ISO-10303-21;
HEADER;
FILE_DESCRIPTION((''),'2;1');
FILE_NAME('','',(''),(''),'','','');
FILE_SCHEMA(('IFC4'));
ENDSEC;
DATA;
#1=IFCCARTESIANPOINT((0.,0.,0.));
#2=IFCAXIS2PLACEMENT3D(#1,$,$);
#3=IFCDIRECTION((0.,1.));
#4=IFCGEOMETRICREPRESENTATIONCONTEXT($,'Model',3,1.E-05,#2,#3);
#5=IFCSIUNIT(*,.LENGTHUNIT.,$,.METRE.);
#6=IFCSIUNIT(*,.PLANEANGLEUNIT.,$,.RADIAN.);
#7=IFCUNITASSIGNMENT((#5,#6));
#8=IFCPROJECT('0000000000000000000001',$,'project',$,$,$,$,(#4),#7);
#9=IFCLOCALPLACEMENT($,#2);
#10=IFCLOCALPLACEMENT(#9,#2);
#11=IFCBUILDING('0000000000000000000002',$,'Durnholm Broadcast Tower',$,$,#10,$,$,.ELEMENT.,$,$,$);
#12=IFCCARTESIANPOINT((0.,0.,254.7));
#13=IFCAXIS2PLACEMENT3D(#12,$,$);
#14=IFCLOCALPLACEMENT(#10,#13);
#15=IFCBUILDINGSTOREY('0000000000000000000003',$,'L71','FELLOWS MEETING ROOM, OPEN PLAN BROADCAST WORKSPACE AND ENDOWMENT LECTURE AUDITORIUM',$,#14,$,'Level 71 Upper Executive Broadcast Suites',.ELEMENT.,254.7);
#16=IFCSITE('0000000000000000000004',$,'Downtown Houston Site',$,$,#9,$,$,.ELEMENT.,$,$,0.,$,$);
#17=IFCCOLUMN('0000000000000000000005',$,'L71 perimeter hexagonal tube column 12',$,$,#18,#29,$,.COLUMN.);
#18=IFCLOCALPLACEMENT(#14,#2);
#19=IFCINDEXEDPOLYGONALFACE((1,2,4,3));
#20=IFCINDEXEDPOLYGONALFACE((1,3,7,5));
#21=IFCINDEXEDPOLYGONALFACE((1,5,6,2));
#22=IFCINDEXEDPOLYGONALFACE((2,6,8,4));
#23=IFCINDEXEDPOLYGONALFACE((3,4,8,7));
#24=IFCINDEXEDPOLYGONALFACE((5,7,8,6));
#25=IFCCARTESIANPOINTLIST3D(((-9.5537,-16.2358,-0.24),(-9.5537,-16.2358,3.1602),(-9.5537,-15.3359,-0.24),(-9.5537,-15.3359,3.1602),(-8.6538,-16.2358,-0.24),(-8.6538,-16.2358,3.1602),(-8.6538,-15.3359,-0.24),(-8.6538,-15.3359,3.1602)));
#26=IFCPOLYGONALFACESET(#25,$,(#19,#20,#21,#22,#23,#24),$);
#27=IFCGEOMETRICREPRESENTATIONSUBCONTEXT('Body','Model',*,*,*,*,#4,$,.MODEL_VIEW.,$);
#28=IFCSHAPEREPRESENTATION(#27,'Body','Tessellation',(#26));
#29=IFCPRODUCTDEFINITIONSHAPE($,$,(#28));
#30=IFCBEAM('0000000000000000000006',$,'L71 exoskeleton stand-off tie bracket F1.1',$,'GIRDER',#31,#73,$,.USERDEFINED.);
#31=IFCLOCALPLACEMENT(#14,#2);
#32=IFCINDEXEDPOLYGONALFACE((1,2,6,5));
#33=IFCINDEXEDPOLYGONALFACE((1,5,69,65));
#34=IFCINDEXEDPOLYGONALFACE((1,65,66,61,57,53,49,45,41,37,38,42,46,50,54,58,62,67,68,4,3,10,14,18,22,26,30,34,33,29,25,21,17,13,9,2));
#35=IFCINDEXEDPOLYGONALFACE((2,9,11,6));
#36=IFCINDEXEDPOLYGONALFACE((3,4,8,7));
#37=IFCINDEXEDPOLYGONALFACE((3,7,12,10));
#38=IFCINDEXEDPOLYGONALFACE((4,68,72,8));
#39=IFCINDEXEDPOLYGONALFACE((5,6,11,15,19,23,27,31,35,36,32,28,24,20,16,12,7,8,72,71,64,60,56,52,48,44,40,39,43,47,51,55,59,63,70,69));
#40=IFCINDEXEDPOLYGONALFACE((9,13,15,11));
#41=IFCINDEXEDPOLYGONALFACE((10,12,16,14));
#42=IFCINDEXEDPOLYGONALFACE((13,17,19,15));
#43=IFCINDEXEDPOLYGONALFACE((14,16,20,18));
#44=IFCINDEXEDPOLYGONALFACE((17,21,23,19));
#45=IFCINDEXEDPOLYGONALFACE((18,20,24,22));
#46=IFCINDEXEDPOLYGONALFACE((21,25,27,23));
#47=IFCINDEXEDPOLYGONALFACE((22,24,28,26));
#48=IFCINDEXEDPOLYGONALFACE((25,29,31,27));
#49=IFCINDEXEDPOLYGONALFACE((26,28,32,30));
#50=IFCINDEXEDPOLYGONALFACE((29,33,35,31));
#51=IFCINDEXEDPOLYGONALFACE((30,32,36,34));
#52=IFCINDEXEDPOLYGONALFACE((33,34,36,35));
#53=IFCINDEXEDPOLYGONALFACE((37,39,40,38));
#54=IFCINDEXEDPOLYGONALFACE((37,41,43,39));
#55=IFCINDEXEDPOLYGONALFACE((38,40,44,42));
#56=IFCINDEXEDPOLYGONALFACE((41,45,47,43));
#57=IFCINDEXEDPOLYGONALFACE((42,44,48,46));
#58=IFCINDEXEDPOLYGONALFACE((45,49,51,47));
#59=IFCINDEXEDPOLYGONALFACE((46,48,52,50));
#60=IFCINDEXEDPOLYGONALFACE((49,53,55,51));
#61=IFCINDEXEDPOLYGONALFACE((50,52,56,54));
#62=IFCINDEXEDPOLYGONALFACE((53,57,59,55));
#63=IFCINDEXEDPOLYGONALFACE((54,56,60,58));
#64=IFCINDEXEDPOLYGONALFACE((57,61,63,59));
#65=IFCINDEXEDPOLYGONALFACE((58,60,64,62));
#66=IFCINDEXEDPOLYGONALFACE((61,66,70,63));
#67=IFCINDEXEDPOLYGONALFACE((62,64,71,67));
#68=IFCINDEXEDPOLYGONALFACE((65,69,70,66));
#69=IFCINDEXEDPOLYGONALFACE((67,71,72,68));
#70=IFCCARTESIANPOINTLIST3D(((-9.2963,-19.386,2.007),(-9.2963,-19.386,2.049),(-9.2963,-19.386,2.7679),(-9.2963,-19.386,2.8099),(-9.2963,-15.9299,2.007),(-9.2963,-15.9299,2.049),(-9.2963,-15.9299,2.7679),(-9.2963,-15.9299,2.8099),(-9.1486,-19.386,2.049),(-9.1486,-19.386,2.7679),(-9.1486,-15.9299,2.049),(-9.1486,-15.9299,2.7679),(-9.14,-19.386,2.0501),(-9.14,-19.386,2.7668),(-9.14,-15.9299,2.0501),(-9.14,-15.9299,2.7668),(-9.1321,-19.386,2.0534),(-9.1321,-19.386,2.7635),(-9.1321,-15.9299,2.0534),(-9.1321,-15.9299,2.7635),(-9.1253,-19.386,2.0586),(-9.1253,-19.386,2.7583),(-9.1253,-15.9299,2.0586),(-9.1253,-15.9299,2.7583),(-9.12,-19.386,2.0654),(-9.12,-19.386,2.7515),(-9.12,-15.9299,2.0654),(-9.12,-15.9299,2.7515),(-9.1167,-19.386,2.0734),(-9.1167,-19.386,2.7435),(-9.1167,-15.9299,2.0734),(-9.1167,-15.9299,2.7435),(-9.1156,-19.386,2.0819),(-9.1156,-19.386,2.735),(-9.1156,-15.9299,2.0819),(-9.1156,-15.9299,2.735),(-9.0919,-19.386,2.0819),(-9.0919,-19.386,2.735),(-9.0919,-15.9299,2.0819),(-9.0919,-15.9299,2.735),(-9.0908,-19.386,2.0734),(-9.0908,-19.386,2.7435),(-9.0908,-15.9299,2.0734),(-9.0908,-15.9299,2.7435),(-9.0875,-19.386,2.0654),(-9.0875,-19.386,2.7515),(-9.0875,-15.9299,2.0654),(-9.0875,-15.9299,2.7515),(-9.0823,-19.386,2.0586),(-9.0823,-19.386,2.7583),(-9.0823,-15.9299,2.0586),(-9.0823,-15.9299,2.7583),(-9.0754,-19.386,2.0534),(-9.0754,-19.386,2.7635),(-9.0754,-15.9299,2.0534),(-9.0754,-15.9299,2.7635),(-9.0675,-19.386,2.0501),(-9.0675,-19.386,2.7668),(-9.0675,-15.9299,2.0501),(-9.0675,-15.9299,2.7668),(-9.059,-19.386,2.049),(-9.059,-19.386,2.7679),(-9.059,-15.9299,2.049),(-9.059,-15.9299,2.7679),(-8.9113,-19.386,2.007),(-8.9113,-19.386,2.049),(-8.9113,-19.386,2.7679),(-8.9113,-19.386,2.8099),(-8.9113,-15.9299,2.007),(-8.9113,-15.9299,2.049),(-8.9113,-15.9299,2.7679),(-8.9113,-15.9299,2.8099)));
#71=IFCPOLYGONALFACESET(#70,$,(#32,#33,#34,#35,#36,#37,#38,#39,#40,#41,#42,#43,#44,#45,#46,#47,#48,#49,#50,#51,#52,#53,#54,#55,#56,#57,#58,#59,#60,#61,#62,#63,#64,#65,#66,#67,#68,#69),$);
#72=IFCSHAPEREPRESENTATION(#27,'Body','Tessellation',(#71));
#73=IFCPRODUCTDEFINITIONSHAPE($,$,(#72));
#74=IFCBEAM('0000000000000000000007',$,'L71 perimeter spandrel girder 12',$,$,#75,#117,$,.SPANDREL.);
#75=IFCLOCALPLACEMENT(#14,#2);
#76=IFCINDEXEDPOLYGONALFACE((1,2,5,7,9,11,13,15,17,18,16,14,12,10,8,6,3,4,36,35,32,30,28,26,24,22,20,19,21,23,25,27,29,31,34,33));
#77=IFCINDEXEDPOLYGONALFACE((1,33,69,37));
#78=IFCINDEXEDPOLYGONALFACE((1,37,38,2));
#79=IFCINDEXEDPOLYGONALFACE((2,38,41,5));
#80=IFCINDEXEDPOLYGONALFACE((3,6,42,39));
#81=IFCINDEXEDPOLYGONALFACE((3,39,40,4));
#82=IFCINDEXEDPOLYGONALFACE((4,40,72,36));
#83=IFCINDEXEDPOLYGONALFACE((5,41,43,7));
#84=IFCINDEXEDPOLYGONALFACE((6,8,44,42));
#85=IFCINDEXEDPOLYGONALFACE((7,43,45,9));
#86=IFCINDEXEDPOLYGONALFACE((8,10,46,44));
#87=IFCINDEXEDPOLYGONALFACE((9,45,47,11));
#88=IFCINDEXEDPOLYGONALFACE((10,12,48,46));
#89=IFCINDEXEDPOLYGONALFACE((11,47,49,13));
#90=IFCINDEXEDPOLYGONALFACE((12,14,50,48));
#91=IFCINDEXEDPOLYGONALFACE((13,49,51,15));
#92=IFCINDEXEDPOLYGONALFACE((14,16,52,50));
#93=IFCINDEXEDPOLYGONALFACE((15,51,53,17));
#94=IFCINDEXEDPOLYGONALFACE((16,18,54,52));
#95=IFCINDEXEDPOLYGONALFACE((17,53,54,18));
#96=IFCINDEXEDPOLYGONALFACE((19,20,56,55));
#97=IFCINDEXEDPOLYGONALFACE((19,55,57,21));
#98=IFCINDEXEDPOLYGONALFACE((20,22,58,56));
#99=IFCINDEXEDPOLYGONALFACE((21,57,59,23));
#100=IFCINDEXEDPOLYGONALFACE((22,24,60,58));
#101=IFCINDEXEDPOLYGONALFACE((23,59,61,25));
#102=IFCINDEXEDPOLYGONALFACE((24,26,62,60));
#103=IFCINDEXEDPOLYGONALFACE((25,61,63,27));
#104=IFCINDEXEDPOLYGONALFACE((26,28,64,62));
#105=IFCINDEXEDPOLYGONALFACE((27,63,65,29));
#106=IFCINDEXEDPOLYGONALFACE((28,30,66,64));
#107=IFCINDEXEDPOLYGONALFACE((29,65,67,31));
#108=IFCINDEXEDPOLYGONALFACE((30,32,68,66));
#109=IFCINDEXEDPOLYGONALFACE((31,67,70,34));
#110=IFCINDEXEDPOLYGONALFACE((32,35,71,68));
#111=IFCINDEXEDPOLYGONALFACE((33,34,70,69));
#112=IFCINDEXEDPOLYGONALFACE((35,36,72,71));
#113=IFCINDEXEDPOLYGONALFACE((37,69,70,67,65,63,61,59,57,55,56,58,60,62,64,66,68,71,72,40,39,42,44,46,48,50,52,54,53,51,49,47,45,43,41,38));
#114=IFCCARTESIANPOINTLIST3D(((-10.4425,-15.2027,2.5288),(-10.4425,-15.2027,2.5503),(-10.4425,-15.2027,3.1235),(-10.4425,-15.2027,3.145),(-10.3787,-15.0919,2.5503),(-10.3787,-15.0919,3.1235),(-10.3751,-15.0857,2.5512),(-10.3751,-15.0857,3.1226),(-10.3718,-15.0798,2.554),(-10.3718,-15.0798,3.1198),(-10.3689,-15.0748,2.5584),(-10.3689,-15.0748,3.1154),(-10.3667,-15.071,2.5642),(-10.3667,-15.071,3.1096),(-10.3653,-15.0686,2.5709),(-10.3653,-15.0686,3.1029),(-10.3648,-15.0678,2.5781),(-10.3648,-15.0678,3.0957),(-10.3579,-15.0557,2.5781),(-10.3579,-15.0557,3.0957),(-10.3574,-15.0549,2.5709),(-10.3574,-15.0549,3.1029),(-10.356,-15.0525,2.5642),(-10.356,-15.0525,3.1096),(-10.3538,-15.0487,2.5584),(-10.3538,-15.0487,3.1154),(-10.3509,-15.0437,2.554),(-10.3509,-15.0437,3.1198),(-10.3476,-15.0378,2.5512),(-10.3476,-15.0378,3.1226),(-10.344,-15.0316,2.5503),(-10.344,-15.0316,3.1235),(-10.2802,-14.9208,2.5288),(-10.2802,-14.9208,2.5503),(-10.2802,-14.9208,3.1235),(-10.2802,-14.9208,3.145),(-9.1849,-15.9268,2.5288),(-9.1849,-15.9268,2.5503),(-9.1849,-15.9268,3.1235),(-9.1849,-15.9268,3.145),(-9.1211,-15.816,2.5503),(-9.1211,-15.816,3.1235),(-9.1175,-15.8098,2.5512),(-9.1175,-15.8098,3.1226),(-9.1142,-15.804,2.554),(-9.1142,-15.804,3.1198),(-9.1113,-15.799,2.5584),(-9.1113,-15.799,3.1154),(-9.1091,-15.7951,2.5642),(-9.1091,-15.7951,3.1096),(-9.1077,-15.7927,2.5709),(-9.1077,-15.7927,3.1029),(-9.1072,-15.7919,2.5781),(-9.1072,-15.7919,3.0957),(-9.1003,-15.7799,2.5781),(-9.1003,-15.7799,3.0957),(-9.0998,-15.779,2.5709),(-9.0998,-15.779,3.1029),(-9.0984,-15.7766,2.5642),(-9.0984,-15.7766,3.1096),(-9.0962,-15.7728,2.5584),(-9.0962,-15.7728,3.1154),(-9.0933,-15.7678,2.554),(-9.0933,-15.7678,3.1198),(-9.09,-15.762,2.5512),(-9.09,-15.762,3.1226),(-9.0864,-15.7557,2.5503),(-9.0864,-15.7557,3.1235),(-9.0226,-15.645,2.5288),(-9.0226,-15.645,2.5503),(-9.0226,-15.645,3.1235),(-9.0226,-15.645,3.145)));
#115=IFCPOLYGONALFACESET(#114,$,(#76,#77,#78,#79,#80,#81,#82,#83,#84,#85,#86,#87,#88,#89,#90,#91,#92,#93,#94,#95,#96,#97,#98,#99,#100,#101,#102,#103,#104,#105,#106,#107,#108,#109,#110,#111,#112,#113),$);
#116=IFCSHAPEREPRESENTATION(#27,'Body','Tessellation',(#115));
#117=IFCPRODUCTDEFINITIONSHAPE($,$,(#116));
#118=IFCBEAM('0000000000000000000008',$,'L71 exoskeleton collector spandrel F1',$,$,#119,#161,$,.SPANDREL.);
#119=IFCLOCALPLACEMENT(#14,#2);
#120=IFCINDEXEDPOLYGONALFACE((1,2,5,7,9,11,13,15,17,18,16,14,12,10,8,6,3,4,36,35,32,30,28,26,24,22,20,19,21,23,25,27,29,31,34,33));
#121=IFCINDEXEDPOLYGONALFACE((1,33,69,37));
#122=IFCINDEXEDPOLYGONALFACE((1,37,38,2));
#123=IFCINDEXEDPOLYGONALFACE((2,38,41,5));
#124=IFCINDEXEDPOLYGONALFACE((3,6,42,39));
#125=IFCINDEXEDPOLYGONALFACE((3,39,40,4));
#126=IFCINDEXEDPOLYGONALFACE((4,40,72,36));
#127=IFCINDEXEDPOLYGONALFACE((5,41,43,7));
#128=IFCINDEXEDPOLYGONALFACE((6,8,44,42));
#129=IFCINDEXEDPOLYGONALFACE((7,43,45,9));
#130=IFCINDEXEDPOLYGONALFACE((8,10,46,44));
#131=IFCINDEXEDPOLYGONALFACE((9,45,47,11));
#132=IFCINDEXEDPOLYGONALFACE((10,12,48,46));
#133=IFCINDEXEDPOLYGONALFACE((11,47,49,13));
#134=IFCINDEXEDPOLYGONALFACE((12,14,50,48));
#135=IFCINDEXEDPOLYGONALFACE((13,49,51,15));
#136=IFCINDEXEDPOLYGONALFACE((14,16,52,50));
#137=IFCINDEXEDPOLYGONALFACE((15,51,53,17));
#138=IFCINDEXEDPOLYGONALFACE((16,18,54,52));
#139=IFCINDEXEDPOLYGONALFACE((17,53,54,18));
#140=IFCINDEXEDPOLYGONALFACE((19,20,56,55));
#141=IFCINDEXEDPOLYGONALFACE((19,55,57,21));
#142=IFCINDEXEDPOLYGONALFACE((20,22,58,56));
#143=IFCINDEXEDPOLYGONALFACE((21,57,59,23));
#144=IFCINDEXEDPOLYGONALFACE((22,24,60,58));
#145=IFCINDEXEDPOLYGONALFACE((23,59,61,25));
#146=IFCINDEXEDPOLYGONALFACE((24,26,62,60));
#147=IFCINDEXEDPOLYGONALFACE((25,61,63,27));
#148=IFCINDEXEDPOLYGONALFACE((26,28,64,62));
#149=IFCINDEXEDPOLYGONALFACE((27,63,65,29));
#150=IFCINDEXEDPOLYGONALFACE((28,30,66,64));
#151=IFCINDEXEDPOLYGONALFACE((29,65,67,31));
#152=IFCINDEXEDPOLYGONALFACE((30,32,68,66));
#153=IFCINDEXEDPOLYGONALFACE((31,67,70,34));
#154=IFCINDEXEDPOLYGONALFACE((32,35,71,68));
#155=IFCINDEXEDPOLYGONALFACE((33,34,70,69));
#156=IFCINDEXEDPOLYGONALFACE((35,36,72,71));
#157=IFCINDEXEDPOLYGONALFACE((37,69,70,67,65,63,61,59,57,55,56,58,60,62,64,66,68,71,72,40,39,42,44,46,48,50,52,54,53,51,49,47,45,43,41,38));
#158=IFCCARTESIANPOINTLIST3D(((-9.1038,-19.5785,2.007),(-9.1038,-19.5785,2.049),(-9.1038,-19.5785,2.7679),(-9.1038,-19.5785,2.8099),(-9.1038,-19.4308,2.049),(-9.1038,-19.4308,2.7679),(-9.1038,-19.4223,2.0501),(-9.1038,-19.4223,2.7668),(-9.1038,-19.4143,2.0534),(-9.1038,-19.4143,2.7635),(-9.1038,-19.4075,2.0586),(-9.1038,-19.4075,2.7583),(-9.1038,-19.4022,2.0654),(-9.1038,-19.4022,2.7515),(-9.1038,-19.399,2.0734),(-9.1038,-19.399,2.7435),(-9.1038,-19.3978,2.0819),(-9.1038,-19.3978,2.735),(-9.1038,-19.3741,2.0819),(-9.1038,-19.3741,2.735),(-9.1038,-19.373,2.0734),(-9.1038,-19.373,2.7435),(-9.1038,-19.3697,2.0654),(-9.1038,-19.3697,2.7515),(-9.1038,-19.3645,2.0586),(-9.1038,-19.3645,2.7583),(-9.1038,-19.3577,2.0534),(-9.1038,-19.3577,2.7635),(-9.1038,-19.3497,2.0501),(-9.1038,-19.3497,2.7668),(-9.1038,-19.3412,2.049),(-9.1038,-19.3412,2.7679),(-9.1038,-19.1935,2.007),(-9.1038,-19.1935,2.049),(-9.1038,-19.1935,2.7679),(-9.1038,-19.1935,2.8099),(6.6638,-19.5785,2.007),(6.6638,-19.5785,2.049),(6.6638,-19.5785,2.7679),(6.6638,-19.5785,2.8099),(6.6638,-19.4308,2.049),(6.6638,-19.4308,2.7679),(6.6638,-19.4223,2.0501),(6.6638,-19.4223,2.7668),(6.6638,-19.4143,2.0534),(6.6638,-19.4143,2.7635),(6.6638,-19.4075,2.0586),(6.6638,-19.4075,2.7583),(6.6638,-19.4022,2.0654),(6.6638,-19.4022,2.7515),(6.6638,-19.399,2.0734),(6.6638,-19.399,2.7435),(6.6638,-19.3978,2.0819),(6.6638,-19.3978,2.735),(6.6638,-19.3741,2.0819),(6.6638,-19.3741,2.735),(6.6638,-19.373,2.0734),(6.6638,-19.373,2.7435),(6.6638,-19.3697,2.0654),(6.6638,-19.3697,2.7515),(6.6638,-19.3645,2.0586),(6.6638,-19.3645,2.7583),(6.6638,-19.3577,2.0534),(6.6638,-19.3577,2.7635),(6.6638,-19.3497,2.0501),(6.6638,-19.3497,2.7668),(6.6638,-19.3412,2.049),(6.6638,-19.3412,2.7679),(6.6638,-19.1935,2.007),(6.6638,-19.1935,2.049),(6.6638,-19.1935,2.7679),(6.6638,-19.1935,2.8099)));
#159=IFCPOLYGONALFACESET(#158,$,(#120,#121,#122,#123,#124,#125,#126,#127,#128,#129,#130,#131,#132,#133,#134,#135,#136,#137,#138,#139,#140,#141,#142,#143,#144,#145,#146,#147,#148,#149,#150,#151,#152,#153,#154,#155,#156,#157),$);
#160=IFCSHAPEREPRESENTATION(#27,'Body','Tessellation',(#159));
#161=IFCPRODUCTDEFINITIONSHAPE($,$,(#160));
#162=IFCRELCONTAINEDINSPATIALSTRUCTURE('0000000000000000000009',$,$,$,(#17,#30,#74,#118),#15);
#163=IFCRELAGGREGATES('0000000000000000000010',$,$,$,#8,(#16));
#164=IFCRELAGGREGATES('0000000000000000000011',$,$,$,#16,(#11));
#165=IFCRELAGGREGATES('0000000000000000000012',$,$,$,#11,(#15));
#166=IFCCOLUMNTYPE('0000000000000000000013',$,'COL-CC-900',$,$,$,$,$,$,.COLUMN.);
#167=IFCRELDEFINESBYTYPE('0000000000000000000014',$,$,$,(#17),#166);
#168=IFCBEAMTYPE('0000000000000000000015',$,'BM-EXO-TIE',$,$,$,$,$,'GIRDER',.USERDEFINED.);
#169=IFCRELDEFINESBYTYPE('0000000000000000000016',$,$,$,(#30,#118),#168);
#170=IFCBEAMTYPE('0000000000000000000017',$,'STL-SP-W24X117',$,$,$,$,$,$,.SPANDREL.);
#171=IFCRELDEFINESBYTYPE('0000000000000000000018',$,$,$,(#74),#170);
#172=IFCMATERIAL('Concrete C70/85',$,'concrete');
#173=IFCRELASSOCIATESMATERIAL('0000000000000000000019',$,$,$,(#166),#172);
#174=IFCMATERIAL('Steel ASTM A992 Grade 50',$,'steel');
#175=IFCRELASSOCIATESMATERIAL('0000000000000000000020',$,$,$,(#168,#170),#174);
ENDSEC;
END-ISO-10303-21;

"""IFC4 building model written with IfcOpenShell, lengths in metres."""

from ifc_helpers import new_model, si_unit, direction, frame, origin, origin_2d, place, context, subcontext, project, spatial, rectangle, i_section, extrude, source, transform, mapped, material, material_profile, profile_set, type_object, type_shapes, element, save


model = new_model("IFC4")

# Units and contexts
model_context = context("Model", 3, precision=1e-05, world=origin(), true_north=direction((0.0, 1.0)))
body_context = subcontext(model_context, "Body", "Model", "MODEL_VIEW")
ifc_project = project(units=[si_unit("LENGTHUNIT", "METRE"), si_unit("PLANEANGLEUNIT", "RADIAN")], contexts=[model_context])

# Site, building, storey
site_placement = place(None, origin())
site = spatial("IfcSite", under=ifc_project, at=site_placement, Name="Downtown Houston Site", CompositionType="ELEMENT", RefElevation=0.0)
building_placement = place(site_placement, origin())
building = spatial("IfcBuilding", under=site, at=building_placement, Name="Durnholm Broadcast Tower", CompositionType="ELEMENT")
storey_placement = place(building_placement, frame((0.0, 0.0, 254.7)))
storey = spatial("IfcBuildingStorey", under=building, at=storey_placement, Name="L71", Description="FELLOWS MEETING ROOM, OPEN PLAN BROADCAST WORKSPACE AND ENDOWMENT LECTURE AUDITORIUM", LongName="Level 71 Upper Executive Broadcast Suites", CompositionType="ELEMENT", Elevation=254.7)

# Column
ifc_material_1 = material(Name="Concrete C70/85", Category="concrete")
ifc_material_profile_1 = material_profile(ifc_material_1, rectangle(XDim=0.8999, YDim=0.8999, at=origin_2d()), Name="RC900X900")
ifc_profile_set_1 = profile_set([ifc_material_profile_1], Name="Concrete C70/85")
column_type = type_object("IfcColumnType", Name="COL-CC-900", PredefinedType="COLUMN", material=ifc_profile_set_1)
shared_shape_1 = source(origin(), body_context, "Body", "SweptSolid", [
    extrude(rectangle(XDim=0.8999, YDim=0.8999, at=origin_2d()), origin(), (0.0, 0.0, 1.0), 3.4001),
])
type_shapes(column_type, [shared_shape_1])
column_placement = place(storey_placement, frame((-9.1038, -15.7859, -0.24), z_axis=(0.0, 0.0, 1.0), x_axis=(1.0, 0.0, 0.0)))
element("IfcColumn", 1, at=column_placement, inside=storey, type_object=column_type, Name="L71 perimeter hexagonal tube column 12", PredefinedType="COLUMN", context=body_context, shape_type="MappedRepresentation", body=[
    mapped(shared_shape_1, transform((0.0, 0.0, 0.0), x_axis=(1.0, 0.0, 0.0), y_axis=(0.0, 1.0, 0.0), z_axis=(0.0, 0.0, 1.0), scale=1.0)),
])

# Beams
ifc_material_2 = material(Name="Steel ASTM A992 Grade 50", Category="steel")
ifc_material_profile_2 = material_profile(ifc_material_2, i_section(OverallWidth=0.385, OverallDepth=0.803, WebThickness=0.0237, FlangeThickness=0.042, FilletRadius=0.033, at=origin_2d()), Name="W30X261")
ifc_profile_set_2 = profile_set([ifc_material_profile_2], Name="Steel ASTM A992 Grade 50")
beam_type_1 = type_object("IfcBeamType", Name="BM-EXO-TIE", ElementType="GIRDER", PredefinedType="USERDEFINED", material=ifc_profile_set_2)
shared_shape_2 = source(origin(), body_context, "Body", "SweptSolid", [
    extrude(i_section(OverallWidth=0.385, OverallDepth=0.803, WebThickness=0.0237, FlangeThickness=0.042, FilletRadius=0.033, at=origin_2d()), origin(), (0.0, 0.0, 1.0), 3.4561),
])
beam_1_placement = place(storey_placement, frame((-9.1038, -15.9299, 2.4084), z_axis=(0.0, -1.0, 0.0), x_axis=(1.0, 0.0, 0.0)))
element("IfcBeam", 2, at=beam_1_placement, inside=storey, type_object=beam_type_1, Name="L71 exoskeleton stand-off tie bracket F1.1", ObjectType="GIRDER", PredefinedType="USERDEFINED", context=body_context, shape_type="MappedRepresentation", body=[
    mapped(shared_shape_2, transform((0.0, 0.0, 0.0), x_axis=(1.0, 0.0, 0.0), y_axis=(0.0, 1.0, 0.0), z_axis=(0.0, 0.0, 1.0), scale=1.0)),
])
ifc_material_profile_3 = material_profile(ifc_material_2, i_section(OverallWidth=0.3252, OverallDepth=0.6162, WebThickness=0.0139, FlangeThickness=0.0215, FilletRadius=0.0278, at=origin_2d()), Name="W24X117")
ifc_profile_set_3 = profile_set([ifc_material_profile_3], Name="Steel ASTM A992 Grade 50")
beam_type_2 = type_object("IfcBeamType", Name="STL-SP-W24X117", PredefinedType="SPANDREL", material=ifc_profile_set_3)
shared_shape_3 = source(origin(), body_context, "Body", "SweptSolid", [
    extrude(i_section(OverallWidth=0.3252, OverallDepth=0.6162, WebThickness=0.0139, FlangeThickness=0.0215, FilletRadius=0.0278, at=origin_2d()), origin(), (0.0, 0.0, 1.0), 1.4512),
])
type_shapes(beam_type_2, [shared_shape_3])
beam_2_placement = place(storey_placement, frame((-9.1038, -15.7859, 2.8369), z_axis=(-0.866603, 0.498999, 0.0), x_axis=(-0.498999, -0.866603, 0.0)))
element("IfcBeam", 3, at=beam_2_placement, inside=storey, type_object=beam_type_2, Name="L71 perimeter spandrel girder 12", PredefinedType="SPANDREL", context=body_context, shape_type="MappedRepresentation", body=[
    mapped(shared_shape_3, transform((0.0, 0.0, 0.0), x_axis=(1.0, 0.0, 0.0), y_axis=(0.0, 1.0, 0.0), z_axis=(0.0, 0.0, 1.0), scale=1.0)),
])
shared_shape_4 = source(origin(), body_context, "Body", "SweptSolid", [
    extrude(i_section(OverallWidth=0.385, OverallDepth=0.803, WebThickness=0.0237, FlangeThickness=0.042, FilletRadius=0.033, at=origin_2d()), origin(), (0.0, 0.0, 1.0), 15.7676),
])
type_shapes(beam_type_1, [shared_shape_2, shared_shape_4])
beam_3_placement = place(storey_placement, frame((-9.1038, -19.386, 2.4084), z_axis=(1.0, 0.0, 0.0), x_axis=(0.0, 1.0, 0.0)))
element("IfcBeam", 4, at=beam_3_placement, inside=storey, type_object=beam_type_1, Name="L71 exoskeleton collector spandrel F1", PredefinedType="SPANDREL", context=body_context, shape_type="MappedRepresentation", body=[
    mapped(shared_shape_4, transform((0.0, 0.0, 0.0), x_axis=(1.0, 0.0, 0.0), y_axis=(0.0, 1.0, 0.0), z_axis=(0.0, 0.0, 1.0), scale=1.0)),
])

save(model, "model.ifc")
